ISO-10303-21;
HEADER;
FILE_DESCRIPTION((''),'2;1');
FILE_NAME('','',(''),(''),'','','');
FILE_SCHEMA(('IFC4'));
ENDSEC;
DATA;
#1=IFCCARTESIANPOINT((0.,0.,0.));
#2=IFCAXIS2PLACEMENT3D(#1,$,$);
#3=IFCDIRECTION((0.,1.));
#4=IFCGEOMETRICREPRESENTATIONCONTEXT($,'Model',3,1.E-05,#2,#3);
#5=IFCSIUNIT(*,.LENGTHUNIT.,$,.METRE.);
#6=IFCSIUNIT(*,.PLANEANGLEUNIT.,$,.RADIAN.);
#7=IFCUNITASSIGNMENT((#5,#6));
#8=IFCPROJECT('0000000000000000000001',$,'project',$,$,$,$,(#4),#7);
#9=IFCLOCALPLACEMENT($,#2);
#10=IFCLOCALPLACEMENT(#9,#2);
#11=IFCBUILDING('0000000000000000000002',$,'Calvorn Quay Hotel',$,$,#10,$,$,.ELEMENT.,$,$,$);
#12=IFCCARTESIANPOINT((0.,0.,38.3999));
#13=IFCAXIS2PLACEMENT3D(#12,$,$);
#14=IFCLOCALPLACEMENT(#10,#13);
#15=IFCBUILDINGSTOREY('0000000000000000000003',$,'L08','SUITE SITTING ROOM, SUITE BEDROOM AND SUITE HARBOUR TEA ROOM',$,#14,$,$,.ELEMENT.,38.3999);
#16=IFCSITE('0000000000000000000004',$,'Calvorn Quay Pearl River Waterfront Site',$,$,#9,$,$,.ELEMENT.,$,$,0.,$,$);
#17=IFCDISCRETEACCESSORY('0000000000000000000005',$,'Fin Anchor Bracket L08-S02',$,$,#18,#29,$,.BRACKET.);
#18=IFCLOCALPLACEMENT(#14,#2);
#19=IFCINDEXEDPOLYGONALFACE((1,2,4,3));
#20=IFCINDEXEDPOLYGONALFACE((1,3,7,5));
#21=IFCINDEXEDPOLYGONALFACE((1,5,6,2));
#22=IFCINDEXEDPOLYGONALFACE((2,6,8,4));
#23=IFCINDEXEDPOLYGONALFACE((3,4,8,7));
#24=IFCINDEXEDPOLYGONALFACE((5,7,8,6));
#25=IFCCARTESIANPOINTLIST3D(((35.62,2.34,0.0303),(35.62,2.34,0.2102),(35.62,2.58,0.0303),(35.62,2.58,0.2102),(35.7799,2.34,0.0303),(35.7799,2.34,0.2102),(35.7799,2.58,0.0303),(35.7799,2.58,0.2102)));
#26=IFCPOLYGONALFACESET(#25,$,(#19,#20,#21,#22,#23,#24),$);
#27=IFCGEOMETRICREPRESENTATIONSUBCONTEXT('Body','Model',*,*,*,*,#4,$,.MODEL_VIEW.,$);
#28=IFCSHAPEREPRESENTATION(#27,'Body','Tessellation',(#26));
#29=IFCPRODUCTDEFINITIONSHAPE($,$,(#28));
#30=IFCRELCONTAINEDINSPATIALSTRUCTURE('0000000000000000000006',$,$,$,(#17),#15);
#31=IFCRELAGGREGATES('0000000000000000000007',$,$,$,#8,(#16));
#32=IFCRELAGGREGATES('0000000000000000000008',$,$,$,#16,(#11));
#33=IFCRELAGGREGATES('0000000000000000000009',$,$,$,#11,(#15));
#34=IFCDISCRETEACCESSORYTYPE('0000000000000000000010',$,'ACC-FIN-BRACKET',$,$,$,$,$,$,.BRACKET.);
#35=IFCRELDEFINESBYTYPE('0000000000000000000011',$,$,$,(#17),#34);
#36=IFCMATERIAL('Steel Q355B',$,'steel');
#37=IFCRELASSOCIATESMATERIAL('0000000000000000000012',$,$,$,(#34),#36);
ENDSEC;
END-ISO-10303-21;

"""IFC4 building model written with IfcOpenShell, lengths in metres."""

from ifc_helpers import new_model, si_unit, direction, frame, origin, origin_2d, place, context, subcontext, project, spatial, rectangle, extrude, material, type_object, element, save


model = new_model("IFC4")

# Units and contexts
model_context = context("Model", 3, precision=1e-05, world=origin(), true_north=direction((0.0, 1.0)))
body_context = subcontext(model_context, "Body", "Model", "MODEL_VIEW")
ifc_project = project(units=[si_unit("LENGTHUNIT", "METRE"), si_unit("PLANEANGLEUNIT", "RADIAN")], contexts=[model_context])

# Site, building, storey
site_placement = place(None, origin())
site = spatial("IfcSite", under=ifc_project, at=site_placement, Name="Calvorn Quay Pearl River Waterfront Site", CompositionType="ELEMENT", RefElevation=0.0)
building_placement = place(site_placement, origin())
building = spatial("IfcBuilding", under=site, at=building_placement, Name="Calvorn Quay Hotel", CompositionType="ELEMENT")
storey_placement = place(building_placement, frame((0.0, 0.0, 38.3999)))
storey = spatial("IfcBuildingStorey", under=building, at=storey_placement, Name="L08", Description="SUITE SITTING ROOM, SUITE BEDROOM AND SUITE HARBOUR TEA ROOM", CompositionType="ELEMENT", Elevation=38.3999)

# Discrete accessory
ifc_material_1 = material(Name="Steel Q355B", Category="steel")
discrete_accessory_type = type_object("IfcDiscreteAccessoryType", Name="ACC-FIN-BRACKET", PredefinedType="BRACKET", material=ifc_material_1)
discrete_accessory_placement = place(storey_placement, frame((35.7, 2.46, 0.0303), z_axis=(0.0, 0.0, 1.0), x_axis=(0.0, 1.0, 0.0)))
element("IfcDiscreteAccessory", 1, at=discrete_accessory_placement, inside=storey, type_object=discrete_accessory_type, Name="Fin Anchor Bracket L08-S02", PredefinedType="BRACKET", context=body_context, shape_type="SweptSolid", body=[
    extrude(rectangle(XDim=0.24, YDim=0.1599, at=origin_2d()), origin(), (0.0, 0.0, 1.0), 0.1799),
])

save(model, "model.ifc")
